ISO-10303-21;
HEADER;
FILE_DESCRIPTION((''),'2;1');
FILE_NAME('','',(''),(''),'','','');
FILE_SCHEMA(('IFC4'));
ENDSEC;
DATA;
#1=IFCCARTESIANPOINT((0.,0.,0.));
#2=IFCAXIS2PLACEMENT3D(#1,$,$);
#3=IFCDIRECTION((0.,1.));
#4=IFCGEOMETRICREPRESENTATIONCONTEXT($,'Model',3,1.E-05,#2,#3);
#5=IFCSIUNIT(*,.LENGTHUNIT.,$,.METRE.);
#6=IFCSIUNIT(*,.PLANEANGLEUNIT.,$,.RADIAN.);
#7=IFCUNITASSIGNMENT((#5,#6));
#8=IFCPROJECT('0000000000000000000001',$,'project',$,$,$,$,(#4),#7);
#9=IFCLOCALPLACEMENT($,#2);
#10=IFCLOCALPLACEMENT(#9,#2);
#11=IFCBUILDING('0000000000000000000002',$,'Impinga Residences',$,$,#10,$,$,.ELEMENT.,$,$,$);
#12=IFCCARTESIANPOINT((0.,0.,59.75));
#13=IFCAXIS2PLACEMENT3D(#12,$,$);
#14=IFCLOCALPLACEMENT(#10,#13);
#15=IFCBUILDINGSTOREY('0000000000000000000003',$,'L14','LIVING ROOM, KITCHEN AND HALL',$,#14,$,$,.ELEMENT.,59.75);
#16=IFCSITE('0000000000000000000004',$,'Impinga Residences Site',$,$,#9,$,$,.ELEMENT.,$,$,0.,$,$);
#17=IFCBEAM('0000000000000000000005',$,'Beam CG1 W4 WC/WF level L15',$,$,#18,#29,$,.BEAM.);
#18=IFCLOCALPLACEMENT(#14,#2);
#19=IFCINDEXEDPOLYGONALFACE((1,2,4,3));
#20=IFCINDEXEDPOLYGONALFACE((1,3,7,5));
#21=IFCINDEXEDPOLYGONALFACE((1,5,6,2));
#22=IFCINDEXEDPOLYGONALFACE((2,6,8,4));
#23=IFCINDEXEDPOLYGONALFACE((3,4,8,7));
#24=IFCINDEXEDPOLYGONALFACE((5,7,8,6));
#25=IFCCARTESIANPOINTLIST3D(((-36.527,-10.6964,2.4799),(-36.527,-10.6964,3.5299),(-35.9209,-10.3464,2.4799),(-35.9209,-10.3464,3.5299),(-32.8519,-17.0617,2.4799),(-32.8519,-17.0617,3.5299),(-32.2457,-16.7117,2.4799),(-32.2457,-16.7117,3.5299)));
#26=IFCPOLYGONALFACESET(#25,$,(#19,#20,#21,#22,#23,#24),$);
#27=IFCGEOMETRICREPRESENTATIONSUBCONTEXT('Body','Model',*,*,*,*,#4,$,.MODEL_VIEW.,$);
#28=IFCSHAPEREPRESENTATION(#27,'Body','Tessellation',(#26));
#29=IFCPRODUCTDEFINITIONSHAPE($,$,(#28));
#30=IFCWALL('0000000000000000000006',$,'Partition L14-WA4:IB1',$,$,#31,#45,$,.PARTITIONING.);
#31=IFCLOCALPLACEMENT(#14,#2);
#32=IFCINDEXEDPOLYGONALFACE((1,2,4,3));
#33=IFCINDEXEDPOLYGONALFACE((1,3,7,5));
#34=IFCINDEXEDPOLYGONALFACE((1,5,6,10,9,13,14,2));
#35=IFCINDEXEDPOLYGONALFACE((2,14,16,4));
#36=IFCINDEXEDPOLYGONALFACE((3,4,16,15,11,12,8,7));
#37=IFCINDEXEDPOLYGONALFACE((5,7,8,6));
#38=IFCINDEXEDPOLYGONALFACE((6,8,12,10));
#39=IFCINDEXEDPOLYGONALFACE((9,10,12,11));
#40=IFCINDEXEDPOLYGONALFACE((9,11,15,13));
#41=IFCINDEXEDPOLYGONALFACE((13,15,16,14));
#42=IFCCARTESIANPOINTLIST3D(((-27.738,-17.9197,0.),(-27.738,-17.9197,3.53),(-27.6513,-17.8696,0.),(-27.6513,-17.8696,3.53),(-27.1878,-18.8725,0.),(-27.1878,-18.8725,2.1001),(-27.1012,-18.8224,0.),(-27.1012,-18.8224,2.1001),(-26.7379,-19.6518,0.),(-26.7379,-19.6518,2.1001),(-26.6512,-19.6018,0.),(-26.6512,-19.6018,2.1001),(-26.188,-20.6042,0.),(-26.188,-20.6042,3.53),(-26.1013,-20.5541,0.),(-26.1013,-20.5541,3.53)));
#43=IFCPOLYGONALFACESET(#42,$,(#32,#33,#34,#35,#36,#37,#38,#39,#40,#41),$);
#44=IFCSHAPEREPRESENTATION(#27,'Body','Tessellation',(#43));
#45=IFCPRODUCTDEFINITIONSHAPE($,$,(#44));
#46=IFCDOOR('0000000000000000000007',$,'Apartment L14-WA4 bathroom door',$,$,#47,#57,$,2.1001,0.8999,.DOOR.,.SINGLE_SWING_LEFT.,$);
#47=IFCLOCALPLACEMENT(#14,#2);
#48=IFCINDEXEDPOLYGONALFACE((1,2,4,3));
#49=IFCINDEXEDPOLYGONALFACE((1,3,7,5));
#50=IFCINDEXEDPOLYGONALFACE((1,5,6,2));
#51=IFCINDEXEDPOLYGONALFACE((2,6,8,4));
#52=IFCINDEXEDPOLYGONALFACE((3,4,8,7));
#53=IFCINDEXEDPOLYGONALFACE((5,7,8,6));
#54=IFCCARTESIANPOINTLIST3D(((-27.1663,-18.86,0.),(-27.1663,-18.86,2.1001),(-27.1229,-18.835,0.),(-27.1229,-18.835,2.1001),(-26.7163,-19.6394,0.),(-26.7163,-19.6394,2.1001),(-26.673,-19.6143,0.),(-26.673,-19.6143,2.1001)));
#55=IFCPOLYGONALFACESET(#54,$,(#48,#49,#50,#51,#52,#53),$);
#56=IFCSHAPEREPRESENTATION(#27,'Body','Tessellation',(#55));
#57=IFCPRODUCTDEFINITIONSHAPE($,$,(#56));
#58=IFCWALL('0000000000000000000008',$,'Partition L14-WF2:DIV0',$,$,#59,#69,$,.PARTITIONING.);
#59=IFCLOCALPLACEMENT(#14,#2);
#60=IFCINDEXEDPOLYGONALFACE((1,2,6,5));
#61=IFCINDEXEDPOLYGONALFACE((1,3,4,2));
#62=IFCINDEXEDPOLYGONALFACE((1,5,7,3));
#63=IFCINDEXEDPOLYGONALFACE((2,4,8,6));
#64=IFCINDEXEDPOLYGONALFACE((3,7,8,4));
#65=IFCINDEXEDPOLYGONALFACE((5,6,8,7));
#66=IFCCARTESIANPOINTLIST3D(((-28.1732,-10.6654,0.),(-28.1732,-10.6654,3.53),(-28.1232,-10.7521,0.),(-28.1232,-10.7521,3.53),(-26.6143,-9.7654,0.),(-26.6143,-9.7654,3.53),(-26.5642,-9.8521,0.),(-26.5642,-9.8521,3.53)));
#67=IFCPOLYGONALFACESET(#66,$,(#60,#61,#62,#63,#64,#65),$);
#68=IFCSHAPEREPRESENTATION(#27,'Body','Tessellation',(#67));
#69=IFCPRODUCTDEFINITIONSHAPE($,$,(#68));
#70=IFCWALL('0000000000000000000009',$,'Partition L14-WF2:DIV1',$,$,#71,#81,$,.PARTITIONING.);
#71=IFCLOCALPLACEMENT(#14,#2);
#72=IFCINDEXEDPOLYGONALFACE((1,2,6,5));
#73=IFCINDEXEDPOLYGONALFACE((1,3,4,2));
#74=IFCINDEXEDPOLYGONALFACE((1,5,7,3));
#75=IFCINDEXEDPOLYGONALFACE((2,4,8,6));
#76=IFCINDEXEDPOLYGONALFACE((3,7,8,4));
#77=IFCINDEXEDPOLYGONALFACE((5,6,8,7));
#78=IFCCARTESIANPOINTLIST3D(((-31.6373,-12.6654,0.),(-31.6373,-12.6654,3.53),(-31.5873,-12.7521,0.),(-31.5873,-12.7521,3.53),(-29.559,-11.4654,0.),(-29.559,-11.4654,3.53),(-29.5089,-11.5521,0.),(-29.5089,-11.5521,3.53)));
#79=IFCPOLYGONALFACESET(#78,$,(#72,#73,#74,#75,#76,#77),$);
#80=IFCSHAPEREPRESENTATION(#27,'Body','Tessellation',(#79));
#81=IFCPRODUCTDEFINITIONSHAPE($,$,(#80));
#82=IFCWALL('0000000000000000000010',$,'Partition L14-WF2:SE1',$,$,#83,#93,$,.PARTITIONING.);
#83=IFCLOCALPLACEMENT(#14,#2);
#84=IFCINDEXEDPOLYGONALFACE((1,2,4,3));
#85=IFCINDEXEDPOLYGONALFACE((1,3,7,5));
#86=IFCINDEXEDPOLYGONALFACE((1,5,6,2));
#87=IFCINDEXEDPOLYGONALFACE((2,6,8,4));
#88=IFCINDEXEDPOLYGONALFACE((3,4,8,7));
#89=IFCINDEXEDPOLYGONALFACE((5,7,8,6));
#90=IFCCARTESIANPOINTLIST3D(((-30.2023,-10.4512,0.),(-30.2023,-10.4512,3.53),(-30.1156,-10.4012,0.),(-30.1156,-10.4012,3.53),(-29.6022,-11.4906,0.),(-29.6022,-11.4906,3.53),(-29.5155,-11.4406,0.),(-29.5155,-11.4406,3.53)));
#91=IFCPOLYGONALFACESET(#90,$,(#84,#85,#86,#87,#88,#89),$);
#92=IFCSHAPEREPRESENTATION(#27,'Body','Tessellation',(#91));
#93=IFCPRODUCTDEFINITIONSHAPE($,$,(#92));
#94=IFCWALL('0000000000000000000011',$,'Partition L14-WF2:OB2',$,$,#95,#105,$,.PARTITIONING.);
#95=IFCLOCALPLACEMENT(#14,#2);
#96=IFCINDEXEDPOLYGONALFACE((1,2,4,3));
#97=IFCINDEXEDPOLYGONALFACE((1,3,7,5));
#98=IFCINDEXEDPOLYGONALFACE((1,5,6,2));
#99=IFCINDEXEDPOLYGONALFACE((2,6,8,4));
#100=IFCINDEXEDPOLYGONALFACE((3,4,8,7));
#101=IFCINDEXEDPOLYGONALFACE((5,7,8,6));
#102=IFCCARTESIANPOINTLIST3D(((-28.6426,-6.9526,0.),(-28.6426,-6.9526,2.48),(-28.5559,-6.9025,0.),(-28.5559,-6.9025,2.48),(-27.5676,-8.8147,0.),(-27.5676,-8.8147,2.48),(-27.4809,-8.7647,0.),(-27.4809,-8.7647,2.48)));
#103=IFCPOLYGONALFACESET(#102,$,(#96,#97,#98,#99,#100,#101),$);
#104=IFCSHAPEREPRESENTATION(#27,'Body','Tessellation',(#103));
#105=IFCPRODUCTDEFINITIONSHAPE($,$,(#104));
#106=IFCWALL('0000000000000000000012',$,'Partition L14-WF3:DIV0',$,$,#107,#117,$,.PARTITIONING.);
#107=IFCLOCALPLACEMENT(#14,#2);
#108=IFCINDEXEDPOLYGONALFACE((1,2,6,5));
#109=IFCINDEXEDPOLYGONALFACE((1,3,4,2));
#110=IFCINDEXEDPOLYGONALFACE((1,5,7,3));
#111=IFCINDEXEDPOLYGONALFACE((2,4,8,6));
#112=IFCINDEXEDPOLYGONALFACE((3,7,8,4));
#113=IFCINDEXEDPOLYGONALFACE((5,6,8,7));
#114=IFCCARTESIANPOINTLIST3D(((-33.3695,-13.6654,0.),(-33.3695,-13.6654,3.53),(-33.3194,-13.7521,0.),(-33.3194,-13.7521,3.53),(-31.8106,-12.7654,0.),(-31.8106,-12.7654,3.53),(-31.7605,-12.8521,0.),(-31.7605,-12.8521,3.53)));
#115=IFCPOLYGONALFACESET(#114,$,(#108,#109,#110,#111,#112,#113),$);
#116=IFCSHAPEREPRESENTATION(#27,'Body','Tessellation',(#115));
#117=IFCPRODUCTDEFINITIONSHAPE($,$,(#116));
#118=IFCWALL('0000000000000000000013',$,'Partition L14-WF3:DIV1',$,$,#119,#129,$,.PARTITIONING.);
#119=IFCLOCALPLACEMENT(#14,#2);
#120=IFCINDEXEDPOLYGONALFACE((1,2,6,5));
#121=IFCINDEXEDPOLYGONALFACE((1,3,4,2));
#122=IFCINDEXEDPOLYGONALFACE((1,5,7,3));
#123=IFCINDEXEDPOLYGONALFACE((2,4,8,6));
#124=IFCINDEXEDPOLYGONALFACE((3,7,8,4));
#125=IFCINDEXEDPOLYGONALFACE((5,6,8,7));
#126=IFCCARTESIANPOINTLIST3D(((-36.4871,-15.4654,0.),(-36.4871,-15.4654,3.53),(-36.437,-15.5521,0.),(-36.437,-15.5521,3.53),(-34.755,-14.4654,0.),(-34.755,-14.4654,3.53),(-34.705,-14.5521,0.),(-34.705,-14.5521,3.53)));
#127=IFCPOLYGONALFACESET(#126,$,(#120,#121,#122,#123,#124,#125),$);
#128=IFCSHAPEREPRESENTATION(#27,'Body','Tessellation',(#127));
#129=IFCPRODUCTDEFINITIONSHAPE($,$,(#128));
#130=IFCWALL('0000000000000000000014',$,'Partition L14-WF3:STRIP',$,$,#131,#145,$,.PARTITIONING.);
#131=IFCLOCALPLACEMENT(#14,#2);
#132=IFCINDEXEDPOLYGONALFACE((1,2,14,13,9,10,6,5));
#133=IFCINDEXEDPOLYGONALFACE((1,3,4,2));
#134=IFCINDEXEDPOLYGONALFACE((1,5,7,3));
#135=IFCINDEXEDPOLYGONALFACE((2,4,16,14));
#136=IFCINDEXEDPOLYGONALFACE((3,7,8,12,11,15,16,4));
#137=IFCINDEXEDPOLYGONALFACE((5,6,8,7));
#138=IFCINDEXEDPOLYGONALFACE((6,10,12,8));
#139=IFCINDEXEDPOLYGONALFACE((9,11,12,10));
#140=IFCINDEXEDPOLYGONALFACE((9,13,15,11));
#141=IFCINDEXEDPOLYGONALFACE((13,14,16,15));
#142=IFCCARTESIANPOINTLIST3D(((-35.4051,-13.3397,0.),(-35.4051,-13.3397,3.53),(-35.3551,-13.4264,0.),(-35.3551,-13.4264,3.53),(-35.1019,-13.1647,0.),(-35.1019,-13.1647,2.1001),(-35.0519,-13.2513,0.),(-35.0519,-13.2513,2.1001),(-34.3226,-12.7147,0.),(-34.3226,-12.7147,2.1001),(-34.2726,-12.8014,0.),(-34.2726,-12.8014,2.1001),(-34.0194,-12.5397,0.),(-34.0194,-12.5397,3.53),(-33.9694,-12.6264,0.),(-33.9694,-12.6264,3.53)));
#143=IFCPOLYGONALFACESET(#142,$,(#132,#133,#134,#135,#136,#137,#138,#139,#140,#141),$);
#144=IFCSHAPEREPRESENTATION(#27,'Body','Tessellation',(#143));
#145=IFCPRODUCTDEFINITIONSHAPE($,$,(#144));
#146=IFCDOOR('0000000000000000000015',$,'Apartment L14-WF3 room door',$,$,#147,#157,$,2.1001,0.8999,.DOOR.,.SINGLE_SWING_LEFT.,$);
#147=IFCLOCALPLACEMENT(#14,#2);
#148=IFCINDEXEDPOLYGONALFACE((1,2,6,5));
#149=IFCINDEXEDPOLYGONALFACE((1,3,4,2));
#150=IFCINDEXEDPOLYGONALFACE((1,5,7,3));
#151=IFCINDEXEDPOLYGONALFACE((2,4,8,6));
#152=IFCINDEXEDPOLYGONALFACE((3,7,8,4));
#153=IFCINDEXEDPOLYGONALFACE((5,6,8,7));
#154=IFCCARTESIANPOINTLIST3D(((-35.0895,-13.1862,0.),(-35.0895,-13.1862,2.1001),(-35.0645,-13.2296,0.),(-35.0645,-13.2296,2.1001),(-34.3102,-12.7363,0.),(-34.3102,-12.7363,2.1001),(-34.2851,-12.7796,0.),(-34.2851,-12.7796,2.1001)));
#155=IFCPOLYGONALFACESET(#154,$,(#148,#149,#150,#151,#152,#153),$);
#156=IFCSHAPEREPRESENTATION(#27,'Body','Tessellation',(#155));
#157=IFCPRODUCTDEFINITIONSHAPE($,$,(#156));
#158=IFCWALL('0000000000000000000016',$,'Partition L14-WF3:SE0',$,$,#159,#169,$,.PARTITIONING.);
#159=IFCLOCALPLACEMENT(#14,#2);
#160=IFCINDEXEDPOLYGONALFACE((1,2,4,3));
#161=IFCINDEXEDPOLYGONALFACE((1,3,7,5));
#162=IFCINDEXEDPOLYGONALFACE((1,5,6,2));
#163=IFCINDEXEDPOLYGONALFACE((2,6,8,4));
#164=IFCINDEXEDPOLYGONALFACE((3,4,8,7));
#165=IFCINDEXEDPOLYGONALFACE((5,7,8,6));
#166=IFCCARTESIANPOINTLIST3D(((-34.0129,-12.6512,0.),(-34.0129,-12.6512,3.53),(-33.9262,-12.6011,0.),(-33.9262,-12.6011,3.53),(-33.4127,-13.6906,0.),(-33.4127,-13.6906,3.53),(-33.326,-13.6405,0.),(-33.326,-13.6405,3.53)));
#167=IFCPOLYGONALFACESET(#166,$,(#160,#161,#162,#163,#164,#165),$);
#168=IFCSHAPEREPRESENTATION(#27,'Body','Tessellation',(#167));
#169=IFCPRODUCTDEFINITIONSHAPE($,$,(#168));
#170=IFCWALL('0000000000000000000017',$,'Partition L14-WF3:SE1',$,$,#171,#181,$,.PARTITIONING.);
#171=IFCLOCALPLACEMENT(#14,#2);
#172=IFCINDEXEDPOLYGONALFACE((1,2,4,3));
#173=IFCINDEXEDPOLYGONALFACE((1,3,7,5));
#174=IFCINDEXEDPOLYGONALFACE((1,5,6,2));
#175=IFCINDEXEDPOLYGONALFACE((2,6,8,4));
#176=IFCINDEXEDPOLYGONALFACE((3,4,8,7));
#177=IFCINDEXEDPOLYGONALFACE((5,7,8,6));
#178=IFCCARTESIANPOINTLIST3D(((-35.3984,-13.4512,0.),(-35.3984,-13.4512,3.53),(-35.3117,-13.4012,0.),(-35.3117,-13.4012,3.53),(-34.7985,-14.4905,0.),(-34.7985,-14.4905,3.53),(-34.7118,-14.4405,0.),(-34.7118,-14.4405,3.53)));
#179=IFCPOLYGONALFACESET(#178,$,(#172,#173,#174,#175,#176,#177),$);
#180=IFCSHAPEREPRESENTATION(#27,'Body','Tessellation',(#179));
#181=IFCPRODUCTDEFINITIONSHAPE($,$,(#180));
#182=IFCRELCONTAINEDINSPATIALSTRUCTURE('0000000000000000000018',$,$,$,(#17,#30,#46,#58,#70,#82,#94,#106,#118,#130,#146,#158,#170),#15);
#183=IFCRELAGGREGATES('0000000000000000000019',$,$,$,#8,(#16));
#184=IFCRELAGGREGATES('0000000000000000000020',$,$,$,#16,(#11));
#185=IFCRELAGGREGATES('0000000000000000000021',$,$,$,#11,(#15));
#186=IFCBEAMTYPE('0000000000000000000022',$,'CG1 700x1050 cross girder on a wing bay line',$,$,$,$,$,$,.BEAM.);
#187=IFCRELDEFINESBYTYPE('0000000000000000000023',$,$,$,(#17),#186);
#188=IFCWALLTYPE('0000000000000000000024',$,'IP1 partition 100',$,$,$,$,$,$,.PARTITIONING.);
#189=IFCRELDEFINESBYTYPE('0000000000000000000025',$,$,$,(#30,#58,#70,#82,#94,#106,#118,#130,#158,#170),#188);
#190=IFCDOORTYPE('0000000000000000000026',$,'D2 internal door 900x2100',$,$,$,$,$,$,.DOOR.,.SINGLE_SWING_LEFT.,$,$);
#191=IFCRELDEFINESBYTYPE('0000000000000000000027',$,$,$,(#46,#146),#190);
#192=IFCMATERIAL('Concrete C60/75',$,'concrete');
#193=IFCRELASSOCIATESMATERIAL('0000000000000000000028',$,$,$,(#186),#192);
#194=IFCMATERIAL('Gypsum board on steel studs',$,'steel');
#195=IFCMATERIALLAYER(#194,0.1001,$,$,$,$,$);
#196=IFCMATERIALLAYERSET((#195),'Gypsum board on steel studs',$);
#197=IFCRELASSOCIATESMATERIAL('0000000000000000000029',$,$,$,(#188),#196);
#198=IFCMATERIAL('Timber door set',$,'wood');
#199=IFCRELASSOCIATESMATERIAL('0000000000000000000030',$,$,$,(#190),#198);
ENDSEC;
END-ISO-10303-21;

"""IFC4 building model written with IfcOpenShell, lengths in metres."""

from ifc_helpers import new_model, si_unit, direction, frame, frame_2d, origin, origin_2d, place, context, subcontext, project, spatial, rectangle, extrude, material, layer, layer_set, material_profile, profile_set, type_object, element, fill, save


model = new_model("IFC4")

# Units and contexts
model_context = context("Model", 3, precision=1e-05, world=origin(), true_north=direction((0.0, 1.0)))
body_context = subcontext(model_context, "Body", "Model", "MODEL_VIEW")
ifc_project = project(units=[si_unit("LENGTHUNIT", "METRE"), si_unit("PLANEANGLEUNIT", "RADIAN")], contexts=[model_context])

# Site, building, storey
site_placement = place(None, origin())
site = spatial("IfcSite", under=ifc_project, at=site_placement, Name="Impinga Residences Site", CompositionType="ELEMENT", RefElevation=0.0)
building_placement = place(site_placement, origin())
building = spatial("IfcBuilding", under=site, at=building_placement, Name="Impinga Residences", CompositionType="ELEMENT")
storey_placement = place(building_placement, frame((0.0, 0.0, 59.75)))
storey = spatial("IfcBuildingStorey", under=building, at=storey_placement, Name="L14", Description="LIVING ROOM, KITCHEN AND HALL", CompositionType="ELEMENT", Elevation=59.75)

# Beam
ifc_material_1 = material(Name="Concrete C60/75", Category="concrete")
ifc_material_profile = material_profile(ifc_material_1, rectangle(XDim=0.7, YDim=1.05, at=origin_2d()), Name="RC 700x1050")
ifc_profile_set = profile_set([ifc_material_profile], Name="Concrete C60/75")
beam_type = type_object("IfcBeamType", Name="CG1 700x1050 cross girder on a wing bay line", PredefinedType="BEAM", material=ifc_profile_set)
beam_placement = place(storey_placement, frame((-32.5488, -16.8867, 3.0049), z_axis=(-0.500008, 0.866021, 0.0), x_axis=(-0.866021, -0.500008, 0.0)))
element("IfcBeam", 1, at=beam_placement, inside=storey, type_object=beam_type, Name="Beam CG1 W4 WC/WF level L15", PredefinedType="BEAM", context=body_context, shape_type="SweptSolid", body=[
    extrude(rectangle(XDim=0.7, YDim=1.05, at=origin_2d()), origin(), (0.0, 0.0, 1.0), 7.3501),
])

# Wall, opening, door
ifc_material_2 = material(Name="Gypsum board on steel studs", Category="steel")
ifc_layer_1 = layer(ifc_material_2, 0.1001)
ifc_layer_set_1 = layer_set([ifc_layer_1], Name="Gypsum board on steel studs")
wall_type_1 = type_object("IfcWallType", Name="IP1 partition 100", PredefinedType="PARTITIONING", material=ifc_layer_set_1)
wall_1_placement = place(storey_placement, frame((-27.6946, -17.8948, 0.0), z_axis=(0.0, 0.0, 1.0), x_axis=(0.500027, -0.86601, 0.0)))
wall_1 = element("IfcWall", 2, at=wall_1_placement, inside=storey, type_object=wall_type_1, Name="Partition L14-WA4:IB1", PredefinedType="PARTITIONING", context=body_context, shape_type="SweptSolid", body=[
    extrude(rectangle(XDim=3.0999, YDim=0.1001, at=frame_2d((1.5498, 0.0))), origin(), (0.0, 0.0, 1.0), 3.53),
])
opening_1_placement = place(wall_1_placement, frame((1.1001, 0.0, 0.0)))
opening_1 = element("IfcOpeningElement", 3, at=opening_1_placement, cuts=wall_1, PredefinedType="OPENING", context=body_context, shape_type="SweptSolid", body=[
    extrude(rectangle(XDim=0.8999, YDim=2.1001, at=frame_2d((0.45, 1.05))), frame((0.0, 0.0601, 0.0), z_axis=(0.0, -1.0, 0.0), x_axis=(1.0, 0.0, 0.0)), (0.0, 0.0, 1.0), 0.1201),
])
ifc_material_3 = material(Name="Timber door set", Category="wood")
door_type = type_object("IfcDoorType", Name="D2 internal door 900x2100", OperationType="SINGLE_SWING_LEFT", PredefinedType="DOOR", material=ifc_material_3)
door_1_placement = place(opening_1_placement, origin())
door_1 = element("IfcDoor", 4, at=door_1_placement, inside=storey, type_object=door_type, Name="Apartment L14-WA4 bathroom door", OperationType="SINGLE_SWING_LEFT", OverallHeight=2.1001, OverallWidth=0.8999, PredefinedType="DOOR", context=body_context, shape_type="SweptSolid", body=[
    extrude(rectangle(XDim=0.8999, YDim=2.1001, at=frame_2d((0.45, 1.05))), frame((0.0, 0.0249, 0.0), z_axis=(0.0, -1.0, 0.0), x_axis=(1.0, 0.0, 0.0)), (0.0, 0.0, 1.0), 0.05),
])
fill(opening_1, door_1)

# Walls
wall_2_placement = place(storey_placement, frame((-26.5894, -9.8088, 0.0), z_axis=(0.0, 0.0, 1.0), x_axis=(-0.866048, -0.499961, 0.0)))
element("IfcWall", 5, at=wall_2_placement, inside=storey, type_object=wall_type_1, Name="Partition L14-WF2:DIV0", PredefinedType="PARTITIONING", context=body_context, shape_type="SweptSolid", body=[
    extrude(rectangle(XDim=1.8, YDim=0.1001, at=frame_2d((0.8999, 0.0))), origin(), (0.0, 0.0, 1.0), 3.53),
])
wall_3_placement = place(storey_placement, frame((-29.5339, -11.5088, 0.0), z_axis=(0.0, 0.0, 1.0), x_axis=(-0.866025, -0.500001, 0.0)))
element("IfcWall", 6, at=wall_3_placement, inside=storey, type_object=wall_type_1, Name="Partition L14-WF2:DIV1", PredefinedType="PARTITIONING", context=body_context, shape_type="SweptSolid", body=[
    extrude(rectangle(XDim=2.3999, YDim=0.1001, at=frame_2d((1.2, 0.0))), origin(), (0.0, 0.0, 1.0), 3.53),
])
wall_4_placement = place(storey_placement, frame((-29.5588, -11.4656, 0.0), z_axis=(0.0, 0.0, 1.0), x_axis=(-0.500034, 0.866006, 0.0)))
element("IfcWall", 7, at=wall_4_placement, inside=storey, type_object=wall_type_1, Name="Partition L14-WF2:SE1", PredefinedType="PARTITIONING", context=body_context, shape_type="SweptSolid", body=[
    extrude(rectangle(XDim=1.2002, YDim=0.1001, at=frame_2d((0.6001, 0.0))), origin(), (0.0, 0.0, 1.0), 3.53),
])
wall_5_placement = place(storey_placement, frame((-27.5242, -8.7898, 0.0), z_axis=(0.0, 0.0, 1.0), x_axis=(-0.499962, 0.866048, 0.0)))
element("IfcWall", 8, at=wall_5_placement, inside=storey, type_object=wall_type_1, Name="Partition L14-WF2:OB2", PredefinedType="PARTITIONING", context=body_context, shape_type="SweptSolid", body=[
    extrude(rectangle(XDim=2.1501, YDim=0.1001, at=frame_2d((1.0752, 0.0))), origin(), (0.0, 0.0, 1.0), 2.48),
])
wall_6_placement = place(storey_placement, frame((-31.7856, -12.8088, 0.0), z_axis=(0.0, 0.0, 1.0), x_axis=(-0.866048, -0.499961, 0.0)))
element("IfcWall", 9, at=wall_6_placement, inside=storey, type_object=wall_type_1, Name="Partition L14-WF3:DIV0", PredefinedType="PARTITIONING", context=body_context, shape_type="SweptSolid", body=[
    extrude(rectangle(XDim=1.8, YDim=0.1001, at=frame_2d((0.8999, 0.0))), origin(), (0.0, 0.0, 1.0), 3.53),
])
wall_7_placement = place(storey_placement, frame((-34.73, -14.5088, 0.0), z_axis=(0.0, 0.0, 1.0), x_axis=(-0.866041, -0.499973, 0.0)))
element("IfcWall", 10, at=wall_7_placement, inside=storey, type_object=wall_type_1, Name="Partition L14-WF3:DIV1", PredefinedType="PARTITIONING", context=body_context, shape_type="SweptSolid", body=[
    extrude(rectangle(XDim=2.0, YDim=0.1001, at=frame_2d((1.0, 0.0))), origin(), (0.0, 0.0, 1.0), 3.53),
])

# Wall, opening, door
wall_8_placement = place(storey_placement, frame((-33.9944, -12.583, 0.0), z_axis=(0.0, 0.0, 1.0), x_axis=(-0.866028, -0.499995, 0.0)))
wall_8 = element("IfcWall", 11, at=wall_8_placement, inside=storey, type_object=wall_type_1, Name="Partition L14-WF3:STRIP", PredefinedType="PARTITIONING", context=body_context, shape_type="SweptSolid", body=[
    extrude(rectangle(XDim=1.6001, YDim=0.1001, at=frame_2d((0.8, 0.0))), origin(), (0.0, 0.0, 1.0), 3.53),
])
opening_2_placement = place(wall_8_placement, frame((0.3501, 0.0, 0.0)))
opening_2 = element("IfcOpeningElement", 12, at=opening_2_placement, cuts=wall_8, PredefinedType="OPENING", context=body_context, shape_type="SweptSolid", body=[
    extrude(rectangle(XDim=0.8999, YDim=2.1001, at=frame_2d((0.45, 1.05))), frame((0.0, 0.0601, 0.0), z_axis=(0.0, -1.0, 0.0), x_axis=(1.0, 0.0, 0.0)), (0.0, 0.0, 1.0), 0.1201),
])
door_2_placement = place(opening_2_placement, origin())
door_2 = element("IfcDoor", 13, at=door_2_placement, inside=storey, type_object=door_type, Name="Apartment L14-WF3 room door", OperationType="SINGLE_SWING_LEFT", OverallHeight=2.1001, OverallWidth=0.8999, PredefinedType="DOOR", context=body_context, shape_type="SweptSolid", body=[
    extrude(rectangle(XDim=0.8999, YDim=2.1001, at=frame_2d((0.45, 1.05))), frame((0.0, 0.0249, 0.0), z_axis=(0.0, -1.0, 0.0), x_axis=(1.0, 0.0, 0.0)), (0.0, 0.0, 1.0), 0.05),
])
fill(opening_2, door_2)

# Walls
wall_9_placement = place(storey_placement, frame((-33.3694, -13.6655, 0.0), z_axis=(0.0, 0.0, 1.0), x_axis=(-0.500034, 0.866006, 0.0)))
element("IfcWall", 14, at=wall_9_placement, inside=storey, type_object=wall_type_1, Name="Partition L14-WF3:SE0", PredefinedType="PARTITIONING", context=body_context, shape_type="SweptSolid", body=[
    extrude(rectangle(XDim=1.2002, YDim=0.1001, at=frame_2d((0.6001, 0.0))), origin(), (0.0, 0.0, 1.0), 3.53),
])
wall_10_placement = place(storey_placement, frame((-34.7551, -14.4656, 0.0), z_axis=(0.0, 0.0, 1.0), x_axis=(-0.499881, 0.866094, 0.0)))
element("IfcWall", 15, at=wall_10_placement, inside=storey, type_object=wall_type_1, Name="Partition L14-WF3:SE1", PredefinedType="PARTITIONING", context=body_context, shape_type="SweptSolid", body=[
    extrude(rectangle(XDim=1.2, YDim=0.1001, at=frame_2d((0.6001, 0.0))), origin(), (0.0, 0.0, 1.0), 3.53),
])

save(model, "model.ifc")
